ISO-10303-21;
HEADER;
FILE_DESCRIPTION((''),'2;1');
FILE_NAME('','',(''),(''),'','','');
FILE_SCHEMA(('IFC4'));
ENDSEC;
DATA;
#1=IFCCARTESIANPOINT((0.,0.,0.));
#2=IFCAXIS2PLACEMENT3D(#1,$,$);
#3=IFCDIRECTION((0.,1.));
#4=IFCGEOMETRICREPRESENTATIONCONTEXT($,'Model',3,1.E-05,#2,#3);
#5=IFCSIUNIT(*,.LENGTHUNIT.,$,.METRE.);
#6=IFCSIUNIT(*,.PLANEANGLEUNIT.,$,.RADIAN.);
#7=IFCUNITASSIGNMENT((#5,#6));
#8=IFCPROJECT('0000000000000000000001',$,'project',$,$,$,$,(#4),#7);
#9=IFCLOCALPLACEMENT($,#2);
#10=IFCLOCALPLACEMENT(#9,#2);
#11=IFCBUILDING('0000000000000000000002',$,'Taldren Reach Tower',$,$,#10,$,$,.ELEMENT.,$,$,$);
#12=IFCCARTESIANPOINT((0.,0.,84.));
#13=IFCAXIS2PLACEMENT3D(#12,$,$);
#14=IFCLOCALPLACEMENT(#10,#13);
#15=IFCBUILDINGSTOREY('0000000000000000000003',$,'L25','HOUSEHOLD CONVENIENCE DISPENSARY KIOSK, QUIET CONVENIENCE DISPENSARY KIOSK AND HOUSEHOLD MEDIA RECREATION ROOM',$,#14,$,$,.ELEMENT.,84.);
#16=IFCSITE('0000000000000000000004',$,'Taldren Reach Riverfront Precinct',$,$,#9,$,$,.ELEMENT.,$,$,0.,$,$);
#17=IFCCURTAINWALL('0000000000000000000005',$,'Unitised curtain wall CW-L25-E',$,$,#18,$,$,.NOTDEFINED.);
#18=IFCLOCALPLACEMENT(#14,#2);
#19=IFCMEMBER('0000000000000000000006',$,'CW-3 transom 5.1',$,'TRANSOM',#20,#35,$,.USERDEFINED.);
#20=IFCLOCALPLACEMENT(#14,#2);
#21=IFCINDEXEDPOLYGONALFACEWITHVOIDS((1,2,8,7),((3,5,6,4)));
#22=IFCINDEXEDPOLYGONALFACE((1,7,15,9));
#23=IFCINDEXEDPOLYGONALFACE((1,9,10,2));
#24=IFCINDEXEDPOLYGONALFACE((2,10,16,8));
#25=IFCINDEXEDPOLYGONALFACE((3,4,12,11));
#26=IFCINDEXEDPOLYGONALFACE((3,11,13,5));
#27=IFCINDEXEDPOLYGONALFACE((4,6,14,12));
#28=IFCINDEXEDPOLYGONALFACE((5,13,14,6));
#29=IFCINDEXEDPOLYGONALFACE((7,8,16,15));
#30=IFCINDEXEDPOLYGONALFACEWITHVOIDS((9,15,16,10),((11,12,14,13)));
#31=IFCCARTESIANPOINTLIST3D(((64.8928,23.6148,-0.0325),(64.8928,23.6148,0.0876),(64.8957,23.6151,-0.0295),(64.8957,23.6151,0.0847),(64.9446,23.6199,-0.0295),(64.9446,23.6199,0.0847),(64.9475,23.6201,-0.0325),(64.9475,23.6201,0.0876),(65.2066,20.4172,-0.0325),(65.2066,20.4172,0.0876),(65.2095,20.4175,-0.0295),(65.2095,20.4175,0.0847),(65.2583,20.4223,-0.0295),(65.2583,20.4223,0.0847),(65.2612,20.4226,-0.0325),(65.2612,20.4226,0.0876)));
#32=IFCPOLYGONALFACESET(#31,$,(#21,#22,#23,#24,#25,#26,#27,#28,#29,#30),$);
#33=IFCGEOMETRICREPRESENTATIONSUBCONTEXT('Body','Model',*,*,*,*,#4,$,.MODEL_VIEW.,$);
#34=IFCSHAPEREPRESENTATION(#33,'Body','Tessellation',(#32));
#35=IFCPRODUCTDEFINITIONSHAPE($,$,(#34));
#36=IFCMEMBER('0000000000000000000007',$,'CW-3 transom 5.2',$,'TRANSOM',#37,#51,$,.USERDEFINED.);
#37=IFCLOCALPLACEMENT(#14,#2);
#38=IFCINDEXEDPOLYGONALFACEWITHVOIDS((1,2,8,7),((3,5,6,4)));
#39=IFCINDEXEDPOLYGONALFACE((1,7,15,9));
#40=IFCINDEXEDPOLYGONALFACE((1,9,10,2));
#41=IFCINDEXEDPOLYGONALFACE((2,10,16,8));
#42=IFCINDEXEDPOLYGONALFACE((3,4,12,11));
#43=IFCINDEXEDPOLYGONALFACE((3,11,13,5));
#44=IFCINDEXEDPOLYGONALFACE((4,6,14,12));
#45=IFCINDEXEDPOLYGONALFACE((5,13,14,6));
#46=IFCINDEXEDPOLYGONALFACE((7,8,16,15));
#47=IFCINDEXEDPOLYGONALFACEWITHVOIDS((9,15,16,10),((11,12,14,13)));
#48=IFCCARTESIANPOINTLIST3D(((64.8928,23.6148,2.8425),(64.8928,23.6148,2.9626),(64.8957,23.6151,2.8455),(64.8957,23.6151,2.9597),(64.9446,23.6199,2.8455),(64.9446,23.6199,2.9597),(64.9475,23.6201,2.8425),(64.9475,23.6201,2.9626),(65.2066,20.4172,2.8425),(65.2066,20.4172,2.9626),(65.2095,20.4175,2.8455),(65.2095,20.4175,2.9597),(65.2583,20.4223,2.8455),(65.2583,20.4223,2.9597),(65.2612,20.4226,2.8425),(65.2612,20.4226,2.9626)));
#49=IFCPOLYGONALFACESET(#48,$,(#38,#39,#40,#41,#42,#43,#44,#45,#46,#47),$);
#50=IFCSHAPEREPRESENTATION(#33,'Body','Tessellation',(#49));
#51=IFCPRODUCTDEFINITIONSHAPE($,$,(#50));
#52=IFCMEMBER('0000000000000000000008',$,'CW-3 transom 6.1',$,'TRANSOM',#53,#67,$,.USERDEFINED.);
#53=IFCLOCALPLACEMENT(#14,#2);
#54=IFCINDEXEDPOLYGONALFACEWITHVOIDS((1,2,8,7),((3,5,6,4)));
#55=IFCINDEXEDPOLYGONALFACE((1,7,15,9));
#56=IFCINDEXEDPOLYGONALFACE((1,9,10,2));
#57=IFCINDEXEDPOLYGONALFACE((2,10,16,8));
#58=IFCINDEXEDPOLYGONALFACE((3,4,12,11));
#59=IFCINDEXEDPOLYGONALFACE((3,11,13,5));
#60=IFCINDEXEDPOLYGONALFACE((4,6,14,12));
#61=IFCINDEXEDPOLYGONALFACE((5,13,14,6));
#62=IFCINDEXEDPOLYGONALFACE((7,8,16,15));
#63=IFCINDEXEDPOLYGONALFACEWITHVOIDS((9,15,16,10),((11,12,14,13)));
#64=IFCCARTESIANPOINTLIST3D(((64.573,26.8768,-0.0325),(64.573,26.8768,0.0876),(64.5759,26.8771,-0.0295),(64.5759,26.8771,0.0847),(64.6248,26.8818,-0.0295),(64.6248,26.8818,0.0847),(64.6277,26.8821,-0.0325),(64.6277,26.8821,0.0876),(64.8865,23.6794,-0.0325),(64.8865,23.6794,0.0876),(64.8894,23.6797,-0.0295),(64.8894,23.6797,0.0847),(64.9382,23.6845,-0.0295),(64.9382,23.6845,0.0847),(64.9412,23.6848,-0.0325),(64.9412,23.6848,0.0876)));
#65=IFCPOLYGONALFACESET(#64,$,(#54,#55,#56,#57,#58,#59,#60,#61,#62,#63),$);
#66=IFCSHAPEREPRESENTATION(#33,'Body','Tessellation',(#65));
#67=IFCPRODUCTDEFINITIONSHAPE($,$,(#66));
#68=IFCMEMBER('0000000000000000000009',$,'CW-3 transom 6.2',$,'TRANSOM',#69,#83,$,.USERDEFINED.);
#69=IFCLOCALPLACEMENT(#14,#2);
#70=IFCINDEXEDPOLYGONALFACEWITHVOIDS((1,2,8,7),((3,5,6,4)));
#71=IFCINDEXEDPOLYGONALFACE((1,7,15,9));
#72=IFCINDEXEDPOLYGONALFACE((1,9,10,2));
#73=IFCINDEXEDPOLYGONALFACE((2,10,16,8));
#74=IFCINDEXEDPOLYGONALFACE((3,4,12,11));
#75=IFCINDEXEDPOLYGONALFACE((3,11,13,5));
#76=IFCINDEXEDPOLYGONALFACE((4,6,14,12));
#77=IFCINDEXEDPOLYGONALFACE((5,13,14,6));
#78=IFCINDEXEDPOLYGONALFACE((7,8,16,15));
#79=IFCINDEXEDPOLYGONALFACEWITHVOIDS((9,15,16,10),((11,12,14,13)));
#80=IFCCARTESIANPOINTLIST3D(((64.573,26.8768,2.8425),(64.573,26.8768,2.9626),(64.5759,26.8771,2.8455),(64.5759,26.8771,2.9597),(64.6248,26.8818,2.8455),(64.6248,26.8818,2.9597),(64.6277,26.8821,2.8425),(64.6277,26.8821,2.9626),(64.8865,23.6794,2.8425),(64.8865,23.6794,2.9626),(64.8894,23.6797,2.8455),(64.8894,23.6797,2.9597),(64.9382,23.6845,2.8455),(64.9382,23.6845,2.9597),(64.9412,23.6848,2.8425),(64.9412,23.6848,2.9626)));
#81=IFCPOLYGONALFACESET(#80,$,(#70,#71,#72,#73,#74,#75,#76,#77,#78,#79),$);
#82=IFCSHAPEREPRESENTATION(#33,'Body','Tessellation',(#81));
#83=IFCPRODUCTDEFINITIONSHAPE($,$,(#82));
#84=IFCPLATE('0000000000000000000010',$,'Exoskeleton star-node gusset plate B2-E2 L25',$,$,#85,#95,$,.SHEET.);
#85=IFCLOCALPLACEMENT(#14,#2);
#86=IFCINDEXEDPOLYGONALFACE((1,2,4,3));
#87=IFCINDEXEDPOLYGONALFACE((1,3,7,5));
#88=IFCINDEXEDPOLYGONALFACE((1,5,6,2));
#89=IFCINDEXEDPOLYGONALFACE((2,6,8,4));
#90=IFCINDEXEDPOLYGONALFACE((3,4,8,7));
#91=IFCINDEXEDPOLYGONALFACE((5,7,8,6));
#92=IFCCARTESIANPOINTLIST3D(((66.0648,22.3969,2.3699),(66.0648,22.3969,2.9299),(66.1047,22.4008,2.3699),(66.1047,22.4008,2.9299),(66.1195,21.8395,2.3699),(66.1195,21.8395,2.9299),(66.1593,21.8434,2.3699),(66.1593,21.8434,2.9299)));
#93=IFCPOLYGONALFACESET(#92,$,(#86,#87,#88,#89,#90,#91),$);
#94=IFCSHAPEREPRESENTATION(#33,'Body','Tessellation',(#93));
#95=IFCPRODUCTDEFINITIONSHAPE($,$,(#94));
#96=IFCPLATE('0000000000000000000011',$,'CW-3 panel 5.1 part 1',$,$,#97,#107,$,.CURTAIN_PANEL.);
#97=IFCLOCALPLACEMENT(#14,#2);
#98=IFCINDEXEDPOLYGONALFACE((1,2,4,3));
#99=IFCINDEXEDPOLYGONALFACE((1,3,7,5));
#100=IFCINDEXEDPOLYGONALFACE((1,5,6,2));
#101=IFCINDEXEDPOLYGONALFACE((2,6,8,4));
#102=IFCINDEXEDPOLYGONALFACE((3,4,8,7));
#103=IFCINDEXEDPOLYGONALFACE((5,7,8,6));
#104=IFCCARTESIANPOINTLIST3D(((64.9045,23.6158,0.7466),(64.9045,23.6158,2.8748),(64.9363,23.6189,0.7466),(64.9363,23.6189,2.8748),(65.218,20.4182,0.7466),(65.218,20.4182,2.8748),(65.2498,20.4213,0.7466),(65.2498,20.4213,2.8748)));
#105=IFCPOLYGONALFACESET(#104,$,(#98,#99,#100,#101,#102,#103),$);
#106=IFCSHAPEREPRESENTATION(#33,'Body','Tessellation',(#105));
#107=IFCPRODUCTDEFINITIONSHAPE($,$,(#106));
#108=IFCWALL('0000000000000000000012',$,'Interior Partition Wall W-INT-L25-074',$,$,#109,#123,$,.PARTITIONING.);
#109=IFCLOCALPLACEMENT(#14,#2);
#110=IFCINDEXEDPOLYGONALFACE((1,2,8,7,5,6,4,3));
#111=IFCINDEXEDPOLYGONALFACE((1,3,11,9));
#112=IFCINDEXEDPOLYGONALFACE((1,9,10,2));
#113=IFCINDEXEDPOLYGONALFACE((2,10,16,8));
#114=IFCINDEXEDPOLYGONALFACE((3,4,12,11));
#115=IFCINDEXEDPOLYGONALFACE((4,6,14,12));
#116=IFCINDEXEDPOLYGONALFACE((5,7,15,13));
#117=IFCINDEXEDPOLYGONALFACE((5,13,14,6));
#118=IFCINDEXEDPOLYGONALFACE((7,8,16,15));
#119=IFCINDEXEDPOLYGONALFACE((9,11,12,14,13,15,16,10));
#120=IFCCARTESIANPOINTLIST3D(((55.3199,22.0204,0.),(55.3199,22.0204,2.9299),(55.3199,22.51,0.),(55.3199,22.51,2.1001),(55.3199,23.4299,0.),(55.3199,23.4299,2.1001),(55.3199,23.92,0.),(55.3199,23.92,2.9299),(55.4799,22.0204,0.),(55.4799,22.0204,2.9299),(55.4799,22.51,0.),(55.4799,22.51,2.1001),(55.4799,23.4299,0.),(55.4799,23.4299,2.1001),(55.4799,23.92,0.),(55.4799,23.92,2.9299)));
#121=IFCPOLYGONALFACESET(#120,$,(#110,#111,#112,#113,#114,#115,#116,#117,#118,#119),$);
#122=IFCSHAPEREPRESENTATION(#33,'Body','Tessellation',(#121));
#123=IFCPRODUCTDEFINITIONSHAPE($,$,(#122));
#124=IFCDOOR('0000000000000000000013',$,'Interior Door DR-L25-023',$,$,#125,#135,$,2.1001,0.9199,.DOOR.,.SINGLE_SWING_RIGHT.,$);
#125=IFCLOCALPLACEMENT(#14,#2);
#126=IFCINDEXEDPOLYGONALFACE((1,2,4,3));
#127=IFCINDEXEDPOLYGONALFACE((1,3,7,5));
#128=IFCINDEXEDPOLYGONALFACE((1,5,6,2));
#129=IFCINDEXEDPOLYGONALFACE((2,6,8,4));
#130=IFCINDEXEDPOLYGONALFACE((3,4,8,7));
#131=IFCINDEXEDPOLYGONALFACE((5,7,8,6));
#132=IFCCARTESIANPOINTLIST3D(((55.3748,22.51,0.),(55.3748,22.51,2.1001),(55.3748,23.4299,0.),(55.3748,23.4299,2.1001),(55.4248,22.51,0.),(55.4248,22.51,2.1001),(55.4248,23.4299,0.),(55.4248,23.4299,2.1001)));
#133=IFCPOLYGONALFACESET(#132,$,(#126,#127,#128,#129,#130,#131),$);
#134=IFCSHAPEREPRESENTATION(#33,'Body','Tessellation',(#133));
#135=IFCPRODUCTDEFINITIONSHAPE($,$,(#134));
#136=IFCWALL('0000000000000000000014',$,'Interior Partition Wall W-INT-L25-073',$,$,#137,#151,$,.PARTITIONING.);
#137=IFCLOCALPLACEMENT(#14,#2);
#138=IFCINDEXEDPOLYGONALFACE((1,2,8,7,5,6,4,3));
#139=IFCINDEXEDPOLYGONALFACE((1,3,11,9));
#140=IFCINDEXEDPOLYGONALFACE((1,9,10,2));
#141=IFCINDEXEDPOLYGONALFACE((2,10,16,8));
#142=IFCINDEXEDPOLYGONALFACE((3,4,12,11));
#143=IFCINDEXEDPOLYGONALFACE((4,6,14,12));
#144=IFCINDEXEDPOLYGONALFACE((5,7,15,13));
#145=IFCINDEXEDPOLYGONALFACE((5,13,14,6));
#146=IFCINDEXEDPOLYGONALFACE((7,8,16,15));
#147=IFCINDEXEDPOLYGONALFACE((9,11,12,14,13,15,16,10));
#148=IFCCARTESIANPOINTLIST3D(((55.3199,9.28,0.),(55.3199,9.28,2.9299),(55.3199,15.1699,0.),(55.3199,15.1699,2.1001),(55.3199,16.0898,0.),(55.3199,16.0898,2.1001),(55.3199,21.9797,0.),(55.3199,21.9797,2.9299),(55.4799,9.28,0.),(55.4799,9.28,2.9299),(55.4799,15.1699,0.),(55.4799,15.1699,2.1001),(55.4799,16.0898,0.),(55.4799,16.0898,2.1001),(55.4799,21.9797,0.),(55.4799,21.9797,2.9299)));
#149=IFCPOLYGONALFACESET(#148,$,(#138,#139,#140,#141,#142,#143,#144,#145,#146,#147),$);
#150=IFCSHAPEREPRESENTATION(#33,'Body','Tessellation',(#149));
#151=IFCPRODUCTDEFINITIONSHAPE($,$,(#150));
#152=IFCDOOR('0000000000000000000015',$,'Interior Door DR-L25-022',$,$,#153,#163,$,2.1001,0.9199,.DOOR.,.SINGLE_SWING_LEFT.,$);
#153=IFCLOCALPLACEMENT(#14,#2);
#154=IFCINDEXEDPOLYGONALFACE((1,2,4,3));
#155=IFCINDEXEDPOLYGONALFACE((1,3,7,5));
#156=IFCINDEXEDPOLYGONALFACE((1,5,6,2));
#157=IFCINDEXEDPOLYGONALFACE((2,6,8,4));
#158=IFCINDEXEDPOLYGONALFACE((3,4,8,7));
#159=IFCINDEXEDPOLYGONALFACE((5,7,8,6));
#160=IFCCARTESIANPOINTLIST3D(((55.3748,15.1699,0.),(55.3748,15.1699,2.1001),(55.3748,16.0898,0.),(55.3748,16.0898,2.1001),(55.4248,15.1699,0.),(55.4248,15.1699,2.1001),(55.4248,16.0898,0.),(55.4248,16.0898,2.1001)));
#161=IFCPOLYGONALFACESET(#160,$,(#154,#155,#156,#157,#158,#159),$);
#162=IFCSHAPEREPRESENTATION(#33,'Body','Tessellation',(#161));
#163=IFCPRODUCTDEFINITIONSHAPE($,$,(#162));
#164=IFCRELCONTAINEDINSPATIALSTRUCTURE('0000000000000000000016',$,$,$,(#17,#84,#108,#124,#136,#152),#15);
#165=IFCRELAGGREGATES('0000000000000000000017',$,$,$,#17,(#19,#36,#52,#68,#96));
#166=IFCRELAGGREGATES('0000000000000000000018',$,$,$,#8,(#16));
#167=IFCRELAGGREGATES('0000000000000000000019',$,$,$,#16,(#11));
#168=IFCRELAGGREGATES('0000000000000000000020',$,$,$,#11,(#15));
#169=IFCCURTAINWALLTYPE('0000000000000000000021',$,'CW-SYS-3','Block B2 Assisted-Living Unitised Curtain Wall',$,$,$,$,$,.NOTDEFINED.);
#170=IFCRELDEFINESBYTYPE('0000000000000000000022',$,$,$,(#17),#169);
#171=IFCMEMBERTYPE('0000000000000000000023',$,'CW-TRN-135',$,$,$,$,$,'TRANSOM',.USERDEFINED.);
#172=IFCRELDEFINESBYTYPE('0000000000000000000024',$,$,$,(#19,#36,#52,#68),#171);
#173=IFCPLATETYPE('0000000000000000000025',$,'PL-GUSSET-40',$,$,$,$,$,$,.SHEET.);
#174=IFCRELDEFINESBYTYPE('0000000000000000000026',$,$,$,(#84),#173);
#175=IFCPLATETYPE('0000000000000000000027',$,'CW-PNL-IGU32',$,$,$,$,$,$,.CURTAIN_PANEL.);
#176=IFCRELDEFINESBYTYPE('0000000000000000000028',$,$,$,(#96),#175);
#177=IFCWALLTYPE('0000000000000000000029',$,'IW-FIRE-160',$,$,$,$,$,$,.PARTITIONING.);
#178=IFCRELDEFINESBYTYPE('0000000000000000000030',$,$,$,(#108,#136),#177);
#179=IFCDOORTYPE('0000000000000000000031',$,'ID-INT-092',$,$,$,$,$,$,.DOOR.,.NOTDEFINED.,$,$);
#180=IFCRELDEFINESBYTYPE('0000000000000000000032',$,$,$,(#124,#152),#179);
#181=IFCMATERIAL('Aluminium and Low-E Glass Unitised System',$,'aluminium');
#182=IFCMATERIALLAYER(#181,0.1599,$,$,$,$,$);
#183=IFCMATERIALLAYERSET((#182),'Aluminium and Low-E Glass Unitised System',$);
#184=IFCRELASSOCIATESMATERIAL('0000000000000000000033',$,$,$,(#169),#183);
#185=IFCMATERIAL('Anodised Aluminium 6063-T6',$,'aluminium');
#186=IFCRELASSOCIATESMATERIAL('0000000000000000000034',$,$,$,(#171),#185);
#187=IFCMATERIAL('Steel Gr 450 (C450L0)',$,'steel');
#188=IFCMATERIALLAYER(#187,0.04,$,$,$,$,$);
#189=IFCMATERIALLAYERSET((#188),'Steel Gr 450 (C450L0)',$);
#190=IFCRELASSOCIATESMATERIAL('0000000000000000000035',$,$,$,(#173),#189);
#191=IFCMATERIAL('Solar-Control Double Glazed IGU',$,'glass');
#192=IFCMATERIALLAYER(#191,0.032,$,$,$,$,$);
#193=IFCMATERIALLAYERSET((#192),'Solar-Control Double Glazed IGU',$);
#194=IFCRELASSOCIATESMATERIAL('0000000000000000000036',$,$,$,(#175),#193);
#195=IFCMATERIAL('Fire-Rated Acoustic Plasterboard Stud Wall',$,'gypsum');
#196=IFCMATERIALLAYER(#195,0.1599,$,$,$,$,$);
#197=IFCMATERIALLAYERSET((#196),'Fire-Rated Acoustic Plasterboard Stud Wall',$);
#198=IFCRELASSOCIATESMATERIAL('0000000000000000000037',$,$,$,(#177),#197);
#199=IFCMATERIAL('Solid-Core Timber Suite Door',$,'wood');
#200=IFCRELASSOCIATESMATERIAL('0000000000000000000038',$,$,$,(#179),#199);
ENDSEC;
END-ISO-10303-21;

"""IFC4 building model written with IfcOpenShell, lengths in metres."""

from ifc_helpers import new_model, si_unit, direction, frame, frame_2d, origin, origin_2d, place, context, subcontext, project, spatial, rectangle, hollow_rectangle, extrude, source, transform, mapped, material, layer, layer_set, material_profile, profile_set, type_object, element, fill, aggregate, save


model = new_model("IFC4")

# Units and contexts
model_context = context("Model", 3, precision=1e-05, world=origin(), true_north=direction((0.0, 1.0)))
body_context = subcontext(model_context, "Body", "Model", "MODEL_VIEW")
ifc_project = project(units=[si_unit("LENGTHUNIT", "METRE"), si_unit("PLANEANGLEUNIT", "RADIAN")], contexts=[model_context])

# Site, building, storey
site_placement = place(None, origin())
site = spatial("IfcSite", under=ifc_project, at=site_placement, Name="Taldren Reach Riverfront Precinct", CompositionType="ELEMENT", RefElevation=0.0)
building_placement = place(site_placement, origin())
building = spatial("IfcBuilding", under=site, at=building_placement, Name="Taldren Reach Tower", CompositionType="ELEMENT")
storey_placement = place(building_placement, frame((0.0, 0.0, 84.0)))
storey = spatial("IfcBuildingStorey", under=building, at=storey_placement, Name="L25", Description="HOUSEHOLD CONVENIENCE DISPENSARY KIOSK, QUIET CONVENIENCE DISPENSARY KIOSK AND HOUSEHOLD MEDIA RECREATION ROOM", CompositionType="ELEMENT", Elevation=84.0)

# Shared definitions
ifc_material_1 = material(Name="Steel Gr 450 (C450L0)", Category="steel")

# Curtain wall, members
ifc_material_2 = material(Name="Aluminium and Low-E Glass Unitised System", Category="aluminium")
ifc_layer_1 = layer(ifc_material_2, 0.1599)
ifc_layer_set_1 = layer_set([ifc_layer_1], Name="Aluminium and Low-E Glass Unitised System")
curtain_wall_type = type_object("IfcCurtainWallType", Name="CW-SYS-3", Description="Block B2 Assisted-Living Unitised Curtain Wall", PredefinedType="NOTDEFINED", material=ifc_layer_set_1)
curtain_wall_placement = place(storey_placement, origin())
curtain_wall = element("IfcCurtainWall", 1, at=curtain_wall_placement, inside=storey, type_object=curtain_wall_type, Name="Unitised curtain wall CW-L25-E", PredefinedType="NOTDEFINED")
ifc_material_3 = material(Name="Anodised Aluminium 6063-T6", Category="aluminium")
ifc_material_profile_1 = material_profile(ifc_material_3, hollow_rectangle(XDim=0.0549, YDim=0.1201, WallThickness=0.0029, at=origin_2d()), Name="ALU-120x55x3RHS")
ifc_profile_set_1 = profile_set([ifc_material_profile_1], Name="Anodised Aluminium 6063-T6")
member_type_1 = type_object("IfcMemberType", Name="CW-TRN-135", ElementType="TRANSOM", PredefinedType="USERDEFINED", material=ifc_profile_set_1)
shared_shape_1 = source(origin(), body_context, "Body", "SweptSolid", [
    extrude(hollow_rectangle(XDim=0.0549, YDim=0.1201, WallThickness=0.0029, at=origin_2d()), origin(), (0.0, 0.0, 1.0), 3.2129),
])
member_1_placement = place(storey_placement, frame((65.2339, 20.4199, 0.0276), z_axis=(-0.097645, 0.995221, 0.0), x_axis=(-0.995221, -0.097645, 0.0)))
member_1 = element("IfcMember", 2, at=member_1_placement, type_object=member_type_1, Name="CW-3 transom 5.1", ObjectType="TRANSOM", PredefinedType="USERDEFINED", context=body_context, shape_type="MappedRepresentation", body=[
    mapped(shared_shape_1, transform((0.0, 0.0, 0.0), scale=1.0)),
])
member_2_placement = place(storey_placement, frame((65.2339, 20.4199, 2.9026), z_axis=(-0.097645, 0.995221, 0.0), x_axis=(-0.995221, -0.097645, 0.0)))
member_2 = element("IfcMember", 3, at=member_2_placement, type_object=member_type_1, Name="CW-3 transom 5.2", ObjectType="TRANSOM", PredefinedType="USERDEFINED", context=body_context, shape_type="MappedRepresentation", body=[
    mapped(shared_shape_1, transform((0.0, 0.0, 0.0), scale=1.0)),
])
shared_shape_2 = source(origin(), body_context, "Body", "SweptSolid", [
    extrude(hollow_rectangle(XDim=0.0549, YDim=0.1201, WallThickness=0.0029, at=origin_2d()), origin(), (0.0, 0.0, 1.0), 3.2126),
])
member_3_placement = place(storey_placement, frame((64.9138, 23.6821, 0.0276), z_axis=(-0.097577, 0.995228, 0.0), x_axis=(-0.995228, -0.097577, 0.0)))
member_3 = element("IfcMember", 4, at=member_3_placement, type_object=member_type_1, Name="CW-3 transom 6.1", ObjectType="TRANSOM", PredefinedType="USERDEFINED", context=body_context, shape_type="MappedRepresentation", body=[
    mapped(shared_shape_2, transform((0.0, 0.0, 0.0), scale=1.0)),
])
member_4_placement = place(storey_placement, frame((64.9138, 23.6821, 2.9026), z_axis=(-0.097577, 0.995228, 0.0), x_axis=(-0.995228, -0.097577, 0.0)))
member_4 = element("IfcMember", 5, at=member_4_placement, type_object=member_type_1, Name="CW-3 transom 6.2", ObjectType="TRANSOM", PredefinedType="USERDEFINED", context=body_context, shape_type="MappedRepresentation", body=[
    mapped(shared_shape_2, transform((0.0, 0.0, 0.0), scale=1.0)),
])

# Plates
ifc_layer_2 = layer(ifc_material_1, 0.04)
ifc_layer_set_2 = layer_set([ifc_layer_2], Name="Steel Gr 450 (C450L0)")
plate_type_1 = type_object("IfcPlateType", Name="PL-GUSSET-40", PredefinedType="SHEET", material=ifc_layer_set_2)
shared_shape_3 = source(origin(), body_context, "Body", "SweptSolid", [
    extrude(rectangle(XDim=0.5601, YDim=0.04, at=origin_2d()), origin(), (0.0, 0.0, 1.0), 0.5601),
])
plate_1_placement = place(storey_placement, frame((66.1121, 22.1201, 2.3699), z_axis=(0.0, 0.0, 1.0), x_axis=(-0.097583, 0.995227, 0.0)))
element("IfcPlate", 6, at=plate_1_placement, inside=storey, type_object=plate_type_1, Name="Exoskeleton star-node gusset plate B2-E2 L25", PredefinedType="SHEET", context=body_context, shape_type="MappedRepresentation", body=[
    mapped(shared_shape_3, transform((0.0, 0.0, 0.0), scale=1.0)),
])
ifc_material_4 = material(Name="Solar-Control Double Glazed IGU", Category="glass")
ifc_layer_3 = layer(ifc_material_4, 0.032)
ifc_layer_set_3 = layer_set([ifc_layer_3], Name="Solar-Control Double Glazed IGU")
plate_type_2 = type_object("IfcPlateType", Name="CW-PNL-IGU32", PredefinedType="CURTAIN_PANEL", material=ifc_layer_set_3)
shared_shape_4 = source(origin(), body_context, "Body", "SweptSolid", [
    extrude(rectangle(XDim=3.2129, YDim=0.032, at=origin_2d()), origin(), (0.0, 0.0, 1.0), 2.1282),
])
plate_2_placement = place(storey_placement, frame((65.0771, 22.0186, 0.7466), z_axis=(0.0, 0.0, 1.0), x_axis=(-0.097583, 0.995227, 0.0)))
plate_2 = element("IfcPlate", 7, at=plate_2_placement, type_object=plate_type_2, Name="CW-3 panel 5.1 part 1", PredefinedType="CURTAIN_PANEL", context=body_context, shape_type="MappedRepresentation", body=[
    mapped(shared_shape_4, transform((0.0, 0.0, 0.0), scale=1.0)),
])
aggregate(curtain_wall, [member_1, member_2, member_3, member_4, plate_2])

# Walls, openings, doors
ifc_material_5 = material(Name="Fire-Rated Acoustic Plasterboard Stud Wall", Category="gypsum")
ifc_layer_4 = layer(ifc_material_5, 0.1599)
ifc_layer_set_4 = layer_set([ifc_layer_4], Name="Fire-Rated Acoustic Plasterboard Stud Wall")
wall_type_1 = type_object("IfcWallType", Name="IW-FIRE-160", PredefinedType="PARTITIONING", material=ifc_layer_set_4)
shared_shape_5 = source(origin(), body_context, "Body", "SweptSolid", [
    extrude(rectangle(XDim=1.8997, YDim=0.1599, at=frame_2d((0.9497, 0.0))), origin(), (0.0, 0.0, 1.0), 2.9299),
])
wall_1_placement = place(storey_placement, frame((55.3999, 23.9199, 0.0), z_axis=(0.0, 0.0, 1.0), x_axis=(0.0, -1.0, 0.0)))
wall_1 = element("IfcWall", 8, at=wall_1_placement, inside=storey, type_object=wall_type_1, Name="Interior Partition Wall W-INT-L25-074", PredefinedType="PARTITIONING", context=body_context, shape_type="MappedRepresentation", body=[
    mapped(shared_shape_5, transform((0.0, 0.0, 0.0), scale=1.0)),
])
shared_shape_6 = source(origin(), body_context, "Body", "SweptSolid", [
    extrude(rectangle(XDim=0.9199, YDim=2.1001, at=frame_2d((0.46, 1.05))), frame((0.0, 0.0898, 0.0), z_axis=(0.0, -1.0, 0.0), x_axis=(1.0, 0.0, 0.0)), (0.0, 0.0, 1.0), 0.1799),
])
opening_1_placement = place(wall_1_placement, frame((0.49, 0.0, 0.0)))
opening_1 = element("IfcOpeningElement", 9, at=opening_1_placement, cuts=wall_1, PredefinedType="OPENING", context=body_context, shape_type="MappedRepresentation", body=[
    mapped(shared_shape_6, transform((0.0, 0.0, 0.0), scale=1.0)),
])
ifc_material_6 = material(Name="Solid-Core Timber Suite Door", Category="wood")
door_type = type_object("IfcDoorType", Name="ID-INT-092", OperationType="NOTDEFINED", PredefinedType="DOOR", material=ifc_material_6)
shared_shape_7 = source(origin(), body_context, "Body", "SweptSolid", [
    extrude(rectangle(XDim=0.9199, YDim=2.1001, at=frame_2d((0.46, 1.05))), frame((0.0, 0.0249, 0.0), z_axis=(0.0, -1.0, 0.0), x_axis=(1.0, 0.0, 0.0)), (0.0, 0.0, 1.0), 0.05),
])
door_1_placement = place(opening_1_placement, origin())
door_1 = element("IfcDoor", 10, at=door_1_placement, inside=storey, type_object=door_type, Name="Interior Door DR-L25-023", OperationType="SINGLE_SWING_RIGHT", OverallHeight=2.1001, OverallWidth=0.9199, PredefinedType="DOOR", context=body_context, shape_type="MappedRepresentation", body=[
    mapped(shared_shape_7, transform((0.0, 0.0, 0.0), scale=1.0)),
])
fill(opening_1, door_1)
shared_shape_8 = source(origin(), body_context, "Body", "SweptSolid", [
    extrude(rectangle(XDim=12.6997, YDim=0.1599, at=frame_2d((6.3499, 0.0))), origin(), (0.0, 0.0, 1.0), 2.9299),
])
wall_2_placement = place(storey_placement, frame((55.3999, 21.9797, 0.0), z_axis=(0.0, 0.0, 1.0), x_axis=(0.0, -1.0, 0.0)))
wall_2 = element("IfcWall", 11, at=wall_2_placement, inside=storey, type_object=wall_type_1, Name="Interior Partition Wall W-INT-L25-073", PredefinedType="PARTITIONING", context=body_context, shape_type="MappedRepresentation", body=[
    mapped(shared_shape_8, transform((0.0, 0.0, 0.0), scale=1.0)),
])
opening_2_placement = place(wall_2_placement, frame((5.8899, 0.0, 0.0)))
opening_2 = element("IfcOpeningElement", 12, at=opening_2_placement, cuts=wall_2, PredefinedType="OPENING", context=body_context, shape_type="MappedRepresentation", body=[
    mapped(shared_shape_6, transform((0.0, 0.0, 0.0), scale=1.0)),
])
door_2_placement = place(opening_2_placement, origin())
door_2 = element("IfcDoor", 13, at=door_2_placement, inside=storey, type_object=door_type, Name="Interior Door DR-L25-022", OperationType="SINGLE_SWING_LEFT", OverallHeight=2.1001, OverallWidth=0.9199, PredefinedType="DOOR", context=body_context, shape_type="MappedRepresentation", body=[
    mapped(shared_shape_7, transform((0.0, 0.0, 0.0), scale=1.0)),
])
fill(opening_2, door_2)

save(model, "model.ifc")
